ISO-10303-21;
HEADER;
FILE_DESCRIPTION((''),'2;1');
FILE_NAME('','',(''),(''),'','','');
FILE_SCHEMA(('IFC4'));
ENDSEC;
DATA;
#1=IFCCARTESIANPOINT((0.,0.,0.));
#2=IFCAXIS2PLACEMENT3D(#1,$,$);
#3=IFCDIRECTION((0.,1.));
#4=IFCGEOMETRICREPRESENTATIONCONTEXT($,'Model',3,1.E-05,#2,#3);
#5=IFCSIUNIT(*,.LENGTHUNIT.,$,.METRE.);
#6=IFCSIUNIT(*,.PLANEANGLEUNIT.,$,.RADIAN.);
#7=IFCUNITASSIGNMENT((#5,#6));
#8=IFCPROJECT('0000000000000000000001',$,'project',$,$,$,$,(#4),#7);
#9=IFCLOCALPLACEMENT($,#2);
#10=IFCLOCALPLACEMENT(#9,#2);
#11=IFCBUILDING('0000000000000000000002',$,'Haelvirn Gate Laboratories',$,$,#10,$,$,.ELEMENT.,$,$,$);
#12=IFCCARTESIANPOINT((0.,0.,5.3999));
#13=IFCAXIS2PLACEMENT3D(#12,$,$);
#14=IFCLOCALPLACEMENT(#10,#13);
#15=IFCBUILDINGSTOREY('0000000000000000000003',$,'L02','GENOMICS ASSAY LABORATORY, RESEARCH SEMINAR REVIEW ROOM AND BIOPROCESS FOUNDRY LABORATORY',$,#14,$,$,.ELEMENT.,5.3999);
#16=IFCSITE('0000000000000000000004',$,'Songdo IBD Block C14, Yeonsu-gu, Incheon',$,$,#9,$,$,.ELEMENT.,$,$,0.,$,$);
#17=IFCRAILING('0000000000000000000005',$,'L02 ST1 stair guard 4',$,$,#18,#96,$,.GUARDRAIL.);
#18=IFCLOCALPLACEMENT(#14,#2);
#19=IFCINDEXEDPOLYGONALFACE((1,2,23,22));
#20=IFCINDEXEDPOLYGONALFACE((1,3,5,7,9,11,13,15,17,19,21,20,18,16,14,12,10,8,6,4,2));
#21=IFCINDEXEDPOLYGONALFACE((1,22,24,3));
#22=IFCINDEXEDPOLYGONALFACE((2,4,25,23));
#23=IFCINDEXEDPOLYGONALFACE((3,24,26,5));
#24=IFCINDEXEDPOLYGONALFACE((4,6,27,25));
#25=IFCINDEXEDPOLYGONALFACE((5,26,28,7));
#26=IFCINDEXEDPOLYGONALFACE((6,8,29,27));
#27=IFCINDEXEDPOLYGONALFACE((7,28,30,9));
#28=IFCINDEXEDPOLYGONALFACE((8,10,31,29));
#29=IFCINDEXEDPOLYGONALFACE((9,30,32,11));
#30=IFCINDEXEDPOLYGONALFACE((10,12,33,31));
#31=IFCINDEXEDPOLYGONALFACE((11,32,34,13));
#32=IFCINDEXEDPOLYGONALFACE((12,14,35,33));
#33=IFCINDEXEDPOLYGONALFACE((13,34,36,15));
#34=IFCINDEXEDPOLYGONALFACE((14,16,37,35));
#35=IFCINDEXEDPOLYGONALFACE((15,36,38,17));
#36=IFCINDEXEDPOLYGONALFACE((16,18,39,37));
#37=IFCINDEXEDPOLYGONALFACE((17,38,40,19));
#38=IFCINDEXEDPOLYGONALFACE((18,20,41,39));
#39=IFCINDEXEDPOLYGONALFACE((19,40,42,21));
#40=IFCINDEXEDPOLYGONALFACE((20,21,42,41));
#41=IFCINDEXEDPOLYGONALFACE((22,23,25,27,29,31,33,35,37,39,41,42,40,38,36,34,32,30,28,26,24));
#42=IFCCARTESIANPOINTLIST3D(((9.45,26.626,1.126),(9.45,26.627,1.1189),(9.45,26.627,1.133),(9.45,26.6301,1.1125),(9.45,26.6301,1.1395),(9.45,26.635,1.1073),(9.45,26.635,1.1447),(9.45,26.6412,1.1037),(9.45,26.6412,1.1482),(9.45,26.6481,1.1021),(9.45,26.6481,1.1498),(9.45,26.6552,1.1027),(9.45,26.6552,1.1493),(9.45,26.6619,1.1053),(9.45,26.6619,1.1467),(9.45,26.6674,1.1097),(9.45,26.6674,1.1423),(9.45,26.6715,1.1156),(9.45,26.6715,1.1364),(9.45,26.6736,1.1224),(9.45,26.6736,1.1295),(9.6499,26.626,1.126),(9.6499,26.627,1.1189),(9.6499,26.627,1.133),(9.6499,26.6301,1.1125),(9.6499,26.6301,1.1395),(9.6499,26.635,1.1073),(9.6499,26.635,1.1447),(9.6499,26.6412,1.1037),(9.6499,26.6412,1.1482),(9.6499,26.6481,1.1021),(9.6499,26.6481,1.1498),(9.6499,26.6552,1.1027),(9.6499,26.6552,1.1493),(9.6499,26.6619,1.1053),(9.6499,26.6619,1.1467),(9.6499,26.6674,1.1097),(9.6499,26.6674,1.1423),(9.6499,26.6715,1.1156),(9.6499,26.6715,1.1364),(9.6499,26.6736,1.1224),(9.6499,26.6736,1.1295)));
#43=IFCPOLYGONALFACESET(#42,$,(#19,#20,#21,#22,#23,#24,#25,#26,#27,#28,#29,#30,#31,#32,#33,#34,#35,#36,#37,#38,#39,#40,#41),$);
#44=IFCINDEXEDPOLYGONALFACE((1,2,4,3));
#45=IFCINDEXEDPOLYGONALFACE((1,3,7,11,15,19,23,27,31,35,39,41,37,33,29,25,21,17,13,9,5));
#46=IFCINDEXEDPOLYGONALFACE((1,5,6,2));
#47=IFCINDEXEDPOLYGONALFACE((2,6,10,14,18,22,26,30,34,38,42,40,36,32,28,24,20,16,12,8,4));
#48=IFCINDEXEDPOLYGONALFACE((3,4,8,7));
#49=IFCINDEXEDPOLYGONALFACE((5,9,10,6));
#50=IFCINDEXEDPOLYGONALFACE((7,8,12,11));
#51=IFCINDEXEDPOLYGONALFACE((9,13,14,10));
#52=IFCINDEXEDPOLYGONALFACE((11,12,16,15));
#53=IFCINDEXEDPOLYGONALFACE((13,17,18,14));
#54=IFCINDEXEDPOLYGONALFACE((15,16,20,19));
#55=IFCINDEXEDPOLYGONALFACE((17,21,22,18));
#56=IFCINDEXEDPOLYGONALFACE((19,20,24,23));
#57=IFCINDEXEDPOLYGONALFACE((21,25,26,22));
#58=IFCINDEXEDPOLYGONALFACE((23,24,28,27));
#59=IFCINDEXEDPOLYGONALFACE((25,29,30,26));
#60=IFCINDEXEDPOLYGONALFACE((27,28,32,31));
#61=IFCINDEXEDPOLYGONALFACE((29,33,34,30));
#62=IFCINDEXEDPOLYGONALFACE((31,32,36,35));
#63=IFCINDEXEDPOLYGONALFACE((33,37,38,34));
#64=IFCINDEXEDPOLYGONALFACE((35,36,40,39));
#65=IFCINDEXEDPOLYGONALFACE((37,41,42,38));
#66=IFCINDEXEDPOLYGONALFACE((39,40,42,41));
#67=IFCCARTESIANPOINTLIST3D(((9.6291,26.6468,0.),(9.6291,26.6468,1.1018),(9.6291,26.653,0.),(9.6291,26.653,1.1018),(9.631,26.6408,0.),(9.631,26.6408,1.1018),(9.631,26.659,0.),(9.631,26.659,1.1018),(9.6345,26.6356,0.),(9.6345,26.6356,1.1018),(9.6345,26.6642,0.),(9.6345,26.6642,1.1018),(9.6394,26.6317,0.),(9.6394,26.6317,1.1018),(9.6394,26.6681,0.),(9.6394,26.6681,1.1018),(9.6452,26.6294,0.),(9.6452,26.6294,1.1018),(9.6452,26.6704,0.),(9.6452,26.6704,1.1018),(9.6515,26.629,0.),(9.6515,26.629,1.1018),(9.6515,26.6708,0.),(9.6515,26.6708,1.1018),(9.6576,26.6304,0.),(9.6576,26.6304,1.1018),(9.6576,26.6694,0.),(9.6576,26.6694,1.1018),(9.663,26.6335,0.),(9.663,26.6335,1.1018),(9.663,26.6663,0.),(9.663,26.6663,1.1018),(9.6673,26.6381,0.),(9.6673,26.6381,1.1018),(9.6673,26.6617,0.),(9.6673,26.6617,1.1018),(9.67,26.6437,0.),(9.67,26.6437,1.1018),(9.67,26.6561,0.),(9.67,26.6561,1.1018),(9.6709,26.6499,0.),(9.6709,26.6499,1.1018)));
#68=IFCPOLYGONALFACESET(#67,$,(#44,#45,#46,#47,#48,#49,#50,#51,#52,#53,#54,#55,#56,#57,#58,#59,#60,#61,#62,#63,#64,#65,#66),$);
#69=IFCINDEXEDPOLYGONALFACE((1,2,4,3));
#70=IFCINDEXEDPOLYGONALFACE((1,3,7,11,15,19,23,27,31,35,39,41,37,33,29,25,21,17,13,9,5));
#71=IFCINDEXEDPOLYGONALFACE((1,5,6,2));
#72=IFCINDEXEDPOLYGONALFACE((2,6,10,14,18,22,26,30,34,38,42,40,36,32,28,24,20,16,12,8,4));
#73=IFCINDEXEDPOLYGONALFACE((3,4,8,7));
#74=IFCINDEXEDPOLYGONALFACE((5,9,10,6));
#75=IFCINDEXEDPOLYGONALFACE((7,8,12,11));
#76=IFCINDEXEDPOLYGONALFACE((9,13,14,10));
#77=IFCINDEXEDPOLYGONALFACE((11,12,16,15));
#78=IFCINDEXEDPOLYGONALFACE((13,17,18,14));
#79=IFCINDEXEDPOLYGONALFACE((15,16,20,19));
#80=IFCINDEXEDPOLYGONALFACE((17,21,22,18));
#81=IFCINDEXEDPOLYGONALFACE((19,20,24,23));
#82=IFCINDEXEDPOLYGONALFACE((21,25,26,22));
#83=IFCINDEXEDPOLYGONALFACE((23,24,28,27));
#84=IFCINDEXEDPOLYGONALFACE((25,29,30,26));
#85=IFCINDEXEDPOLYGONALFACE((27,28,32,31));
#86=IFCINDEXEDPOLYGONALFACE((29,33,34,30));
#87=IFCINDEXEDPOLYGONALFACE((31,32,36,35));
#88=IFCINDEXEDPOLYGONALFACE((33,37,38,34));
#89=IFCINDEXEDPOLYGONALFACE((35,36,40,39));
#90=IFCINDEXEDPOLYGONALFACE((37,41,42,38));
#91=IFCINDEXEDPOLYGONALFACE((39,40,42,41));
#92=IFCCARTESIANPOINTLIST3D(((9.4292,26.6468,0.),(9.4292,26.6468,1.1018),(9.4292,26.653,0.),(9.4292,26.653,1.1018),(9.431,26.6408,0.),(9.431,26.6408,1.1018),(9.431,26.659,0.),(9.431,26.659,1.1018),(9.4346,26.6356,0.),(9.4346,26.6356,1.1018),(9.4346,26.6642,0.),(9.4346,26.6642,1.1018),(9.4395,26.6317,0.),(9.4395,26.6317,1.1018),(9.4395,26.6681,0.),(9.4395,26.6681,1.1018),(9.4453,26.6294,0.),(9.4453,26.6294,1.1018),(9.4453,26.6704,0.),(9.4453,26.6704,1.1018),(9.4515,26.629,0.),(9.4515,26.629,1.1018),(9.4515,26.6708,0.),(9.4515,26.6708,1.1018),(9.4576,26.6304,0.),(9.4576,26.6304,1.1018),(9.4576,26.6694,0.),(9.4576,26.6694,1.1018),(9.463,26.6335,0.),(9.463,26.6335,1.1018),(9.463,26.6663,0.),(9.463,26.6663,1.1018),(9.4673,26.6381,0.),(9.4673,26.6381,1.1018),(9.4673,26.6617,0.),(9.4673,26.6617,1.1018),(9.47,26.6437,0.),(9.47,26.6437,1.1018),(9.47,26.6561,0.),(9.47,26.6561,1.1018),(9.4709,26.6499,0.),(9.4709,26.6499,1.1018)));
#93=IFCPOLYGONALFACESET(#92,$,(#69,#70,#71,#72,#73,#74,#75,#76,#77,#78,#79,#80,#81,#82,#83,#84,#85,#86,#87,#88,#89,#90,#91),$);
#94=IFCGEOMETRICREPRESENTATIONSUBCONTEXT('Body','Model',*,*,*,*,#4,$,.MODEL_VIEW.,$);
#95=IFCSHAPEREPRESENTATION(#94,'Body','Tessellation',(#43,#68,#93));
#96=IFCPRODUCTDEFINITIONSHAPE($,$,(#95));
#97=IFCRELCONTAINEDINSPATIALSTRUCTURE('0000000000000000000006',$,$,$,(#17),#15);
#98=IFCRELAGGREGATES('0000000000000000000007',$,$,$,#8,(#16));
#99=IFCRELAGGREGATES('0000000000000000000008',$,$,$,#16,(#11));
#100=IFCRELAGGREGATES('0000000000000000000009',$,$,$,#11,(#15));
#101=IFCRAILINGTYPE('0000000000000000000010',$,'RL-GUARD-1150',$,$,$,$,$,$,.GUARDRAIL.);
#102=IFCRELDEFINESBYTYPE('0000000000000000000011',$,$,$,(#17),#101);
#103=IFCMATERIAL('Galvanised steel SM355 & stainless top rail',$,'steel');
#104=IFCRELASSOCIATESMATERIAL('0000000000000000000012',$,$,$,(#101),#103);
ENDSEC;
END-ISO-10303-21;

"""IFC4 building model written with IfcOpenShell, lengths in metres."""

from ifc_helpers import new_model, si_unit, direction, frame, origin, origin_2d, place, context, subcontext, project, spatial, circle, extrude, source, transform, mapped, material, type_object, element, save


model = new_model("IFC4")

# Units and contexts
model_context = context("Model", 3, precision=1e-05, world=origin(), true_north=direction((0.0, 1.0)))
body_context = subcontext(model_context, "Body", "Model", "MODEL_VIEW")
ifc_project = project(units=[si_unit("LENGTHUNIT", "METRE"), si_unit("PLANEANGLEUNIT", "RADIAN")], contexts=[model_context])

# Site, building, storey
site_placement = place(None, origin())
site = spatial("IfcSite", under=ifc_project, at=site_placement, Name="Songdo IBD Block C14, Yeonsu-gu, Incheon", CompositionType="ELEMENT", RefElevation=0.0)
building_placement = place(site_placement, origin())
building = spatial("IfcBuilding", under=site, at=building_placement, Name="Haelvirn Gate Laboratories", CompositionType="ELEMENT")
storey_placement = place(building_placement, frame((0.0, 0.0, 5.3999)))
storey = spatial("IfcBuildingStorey", under=building, at=storey_placement, Name="L02", Description="GENOMICS ASSAY LABORATORY, RESEARCH SEMINAR REVIEW ROOM AND BIOPROCESS FOUNDRY LABORATORY", CompositionType="ELEMENT", Elevation=5.3999)

# Railing
ifc_material_1 = material(Name="Galvanised steel SM355 & stainless top rail", Category="steel")
railing_type = type_object("IfcRailingType", Name="RL-GUARD-1150", PredefinedType="GUARDRAIL", material=ifc_material_1)
shared_shape_1 = source(origin(), body_context, "Body", "SweptSolid", [
    extrude(circle(Radius=0.0239, at=origin_2d()), frame((0.0, 0.0, 1.126), z_axis=(-1.0, 0.0, 0.0), x_axis=(0.0, -1.0, 0.0)), (0.0, 0.0, 1.0), 0.2),
    extrude(circle(Radius=0.021, at=origin_2d()), origin(), (0.0, 0.0, 1.0), 1.1018),
    extrude(circle(Radius=0.021, at=origin_2d()), frame((-0.2, 0.0, 0.0)), (0.0, 0.0, 1.0), 1.1018),
])
railing_1_placement = place(storey_placement, frame((9.6499, 26.6499, 0.0)))
element("IfcRailing", 1, at=railing_1_placement, inside=storey, type_object=railing_type, Name="L02 ST1 stair guard 4", PredefinedType="GUARDRAIL", context=body_context, shape_type="MappedRepresentation", body=[
    mapped(shared_shape_1, transform((0.0, 0.0, 0.0), scale=1.0)),
])

save(model, "model.ifc")
